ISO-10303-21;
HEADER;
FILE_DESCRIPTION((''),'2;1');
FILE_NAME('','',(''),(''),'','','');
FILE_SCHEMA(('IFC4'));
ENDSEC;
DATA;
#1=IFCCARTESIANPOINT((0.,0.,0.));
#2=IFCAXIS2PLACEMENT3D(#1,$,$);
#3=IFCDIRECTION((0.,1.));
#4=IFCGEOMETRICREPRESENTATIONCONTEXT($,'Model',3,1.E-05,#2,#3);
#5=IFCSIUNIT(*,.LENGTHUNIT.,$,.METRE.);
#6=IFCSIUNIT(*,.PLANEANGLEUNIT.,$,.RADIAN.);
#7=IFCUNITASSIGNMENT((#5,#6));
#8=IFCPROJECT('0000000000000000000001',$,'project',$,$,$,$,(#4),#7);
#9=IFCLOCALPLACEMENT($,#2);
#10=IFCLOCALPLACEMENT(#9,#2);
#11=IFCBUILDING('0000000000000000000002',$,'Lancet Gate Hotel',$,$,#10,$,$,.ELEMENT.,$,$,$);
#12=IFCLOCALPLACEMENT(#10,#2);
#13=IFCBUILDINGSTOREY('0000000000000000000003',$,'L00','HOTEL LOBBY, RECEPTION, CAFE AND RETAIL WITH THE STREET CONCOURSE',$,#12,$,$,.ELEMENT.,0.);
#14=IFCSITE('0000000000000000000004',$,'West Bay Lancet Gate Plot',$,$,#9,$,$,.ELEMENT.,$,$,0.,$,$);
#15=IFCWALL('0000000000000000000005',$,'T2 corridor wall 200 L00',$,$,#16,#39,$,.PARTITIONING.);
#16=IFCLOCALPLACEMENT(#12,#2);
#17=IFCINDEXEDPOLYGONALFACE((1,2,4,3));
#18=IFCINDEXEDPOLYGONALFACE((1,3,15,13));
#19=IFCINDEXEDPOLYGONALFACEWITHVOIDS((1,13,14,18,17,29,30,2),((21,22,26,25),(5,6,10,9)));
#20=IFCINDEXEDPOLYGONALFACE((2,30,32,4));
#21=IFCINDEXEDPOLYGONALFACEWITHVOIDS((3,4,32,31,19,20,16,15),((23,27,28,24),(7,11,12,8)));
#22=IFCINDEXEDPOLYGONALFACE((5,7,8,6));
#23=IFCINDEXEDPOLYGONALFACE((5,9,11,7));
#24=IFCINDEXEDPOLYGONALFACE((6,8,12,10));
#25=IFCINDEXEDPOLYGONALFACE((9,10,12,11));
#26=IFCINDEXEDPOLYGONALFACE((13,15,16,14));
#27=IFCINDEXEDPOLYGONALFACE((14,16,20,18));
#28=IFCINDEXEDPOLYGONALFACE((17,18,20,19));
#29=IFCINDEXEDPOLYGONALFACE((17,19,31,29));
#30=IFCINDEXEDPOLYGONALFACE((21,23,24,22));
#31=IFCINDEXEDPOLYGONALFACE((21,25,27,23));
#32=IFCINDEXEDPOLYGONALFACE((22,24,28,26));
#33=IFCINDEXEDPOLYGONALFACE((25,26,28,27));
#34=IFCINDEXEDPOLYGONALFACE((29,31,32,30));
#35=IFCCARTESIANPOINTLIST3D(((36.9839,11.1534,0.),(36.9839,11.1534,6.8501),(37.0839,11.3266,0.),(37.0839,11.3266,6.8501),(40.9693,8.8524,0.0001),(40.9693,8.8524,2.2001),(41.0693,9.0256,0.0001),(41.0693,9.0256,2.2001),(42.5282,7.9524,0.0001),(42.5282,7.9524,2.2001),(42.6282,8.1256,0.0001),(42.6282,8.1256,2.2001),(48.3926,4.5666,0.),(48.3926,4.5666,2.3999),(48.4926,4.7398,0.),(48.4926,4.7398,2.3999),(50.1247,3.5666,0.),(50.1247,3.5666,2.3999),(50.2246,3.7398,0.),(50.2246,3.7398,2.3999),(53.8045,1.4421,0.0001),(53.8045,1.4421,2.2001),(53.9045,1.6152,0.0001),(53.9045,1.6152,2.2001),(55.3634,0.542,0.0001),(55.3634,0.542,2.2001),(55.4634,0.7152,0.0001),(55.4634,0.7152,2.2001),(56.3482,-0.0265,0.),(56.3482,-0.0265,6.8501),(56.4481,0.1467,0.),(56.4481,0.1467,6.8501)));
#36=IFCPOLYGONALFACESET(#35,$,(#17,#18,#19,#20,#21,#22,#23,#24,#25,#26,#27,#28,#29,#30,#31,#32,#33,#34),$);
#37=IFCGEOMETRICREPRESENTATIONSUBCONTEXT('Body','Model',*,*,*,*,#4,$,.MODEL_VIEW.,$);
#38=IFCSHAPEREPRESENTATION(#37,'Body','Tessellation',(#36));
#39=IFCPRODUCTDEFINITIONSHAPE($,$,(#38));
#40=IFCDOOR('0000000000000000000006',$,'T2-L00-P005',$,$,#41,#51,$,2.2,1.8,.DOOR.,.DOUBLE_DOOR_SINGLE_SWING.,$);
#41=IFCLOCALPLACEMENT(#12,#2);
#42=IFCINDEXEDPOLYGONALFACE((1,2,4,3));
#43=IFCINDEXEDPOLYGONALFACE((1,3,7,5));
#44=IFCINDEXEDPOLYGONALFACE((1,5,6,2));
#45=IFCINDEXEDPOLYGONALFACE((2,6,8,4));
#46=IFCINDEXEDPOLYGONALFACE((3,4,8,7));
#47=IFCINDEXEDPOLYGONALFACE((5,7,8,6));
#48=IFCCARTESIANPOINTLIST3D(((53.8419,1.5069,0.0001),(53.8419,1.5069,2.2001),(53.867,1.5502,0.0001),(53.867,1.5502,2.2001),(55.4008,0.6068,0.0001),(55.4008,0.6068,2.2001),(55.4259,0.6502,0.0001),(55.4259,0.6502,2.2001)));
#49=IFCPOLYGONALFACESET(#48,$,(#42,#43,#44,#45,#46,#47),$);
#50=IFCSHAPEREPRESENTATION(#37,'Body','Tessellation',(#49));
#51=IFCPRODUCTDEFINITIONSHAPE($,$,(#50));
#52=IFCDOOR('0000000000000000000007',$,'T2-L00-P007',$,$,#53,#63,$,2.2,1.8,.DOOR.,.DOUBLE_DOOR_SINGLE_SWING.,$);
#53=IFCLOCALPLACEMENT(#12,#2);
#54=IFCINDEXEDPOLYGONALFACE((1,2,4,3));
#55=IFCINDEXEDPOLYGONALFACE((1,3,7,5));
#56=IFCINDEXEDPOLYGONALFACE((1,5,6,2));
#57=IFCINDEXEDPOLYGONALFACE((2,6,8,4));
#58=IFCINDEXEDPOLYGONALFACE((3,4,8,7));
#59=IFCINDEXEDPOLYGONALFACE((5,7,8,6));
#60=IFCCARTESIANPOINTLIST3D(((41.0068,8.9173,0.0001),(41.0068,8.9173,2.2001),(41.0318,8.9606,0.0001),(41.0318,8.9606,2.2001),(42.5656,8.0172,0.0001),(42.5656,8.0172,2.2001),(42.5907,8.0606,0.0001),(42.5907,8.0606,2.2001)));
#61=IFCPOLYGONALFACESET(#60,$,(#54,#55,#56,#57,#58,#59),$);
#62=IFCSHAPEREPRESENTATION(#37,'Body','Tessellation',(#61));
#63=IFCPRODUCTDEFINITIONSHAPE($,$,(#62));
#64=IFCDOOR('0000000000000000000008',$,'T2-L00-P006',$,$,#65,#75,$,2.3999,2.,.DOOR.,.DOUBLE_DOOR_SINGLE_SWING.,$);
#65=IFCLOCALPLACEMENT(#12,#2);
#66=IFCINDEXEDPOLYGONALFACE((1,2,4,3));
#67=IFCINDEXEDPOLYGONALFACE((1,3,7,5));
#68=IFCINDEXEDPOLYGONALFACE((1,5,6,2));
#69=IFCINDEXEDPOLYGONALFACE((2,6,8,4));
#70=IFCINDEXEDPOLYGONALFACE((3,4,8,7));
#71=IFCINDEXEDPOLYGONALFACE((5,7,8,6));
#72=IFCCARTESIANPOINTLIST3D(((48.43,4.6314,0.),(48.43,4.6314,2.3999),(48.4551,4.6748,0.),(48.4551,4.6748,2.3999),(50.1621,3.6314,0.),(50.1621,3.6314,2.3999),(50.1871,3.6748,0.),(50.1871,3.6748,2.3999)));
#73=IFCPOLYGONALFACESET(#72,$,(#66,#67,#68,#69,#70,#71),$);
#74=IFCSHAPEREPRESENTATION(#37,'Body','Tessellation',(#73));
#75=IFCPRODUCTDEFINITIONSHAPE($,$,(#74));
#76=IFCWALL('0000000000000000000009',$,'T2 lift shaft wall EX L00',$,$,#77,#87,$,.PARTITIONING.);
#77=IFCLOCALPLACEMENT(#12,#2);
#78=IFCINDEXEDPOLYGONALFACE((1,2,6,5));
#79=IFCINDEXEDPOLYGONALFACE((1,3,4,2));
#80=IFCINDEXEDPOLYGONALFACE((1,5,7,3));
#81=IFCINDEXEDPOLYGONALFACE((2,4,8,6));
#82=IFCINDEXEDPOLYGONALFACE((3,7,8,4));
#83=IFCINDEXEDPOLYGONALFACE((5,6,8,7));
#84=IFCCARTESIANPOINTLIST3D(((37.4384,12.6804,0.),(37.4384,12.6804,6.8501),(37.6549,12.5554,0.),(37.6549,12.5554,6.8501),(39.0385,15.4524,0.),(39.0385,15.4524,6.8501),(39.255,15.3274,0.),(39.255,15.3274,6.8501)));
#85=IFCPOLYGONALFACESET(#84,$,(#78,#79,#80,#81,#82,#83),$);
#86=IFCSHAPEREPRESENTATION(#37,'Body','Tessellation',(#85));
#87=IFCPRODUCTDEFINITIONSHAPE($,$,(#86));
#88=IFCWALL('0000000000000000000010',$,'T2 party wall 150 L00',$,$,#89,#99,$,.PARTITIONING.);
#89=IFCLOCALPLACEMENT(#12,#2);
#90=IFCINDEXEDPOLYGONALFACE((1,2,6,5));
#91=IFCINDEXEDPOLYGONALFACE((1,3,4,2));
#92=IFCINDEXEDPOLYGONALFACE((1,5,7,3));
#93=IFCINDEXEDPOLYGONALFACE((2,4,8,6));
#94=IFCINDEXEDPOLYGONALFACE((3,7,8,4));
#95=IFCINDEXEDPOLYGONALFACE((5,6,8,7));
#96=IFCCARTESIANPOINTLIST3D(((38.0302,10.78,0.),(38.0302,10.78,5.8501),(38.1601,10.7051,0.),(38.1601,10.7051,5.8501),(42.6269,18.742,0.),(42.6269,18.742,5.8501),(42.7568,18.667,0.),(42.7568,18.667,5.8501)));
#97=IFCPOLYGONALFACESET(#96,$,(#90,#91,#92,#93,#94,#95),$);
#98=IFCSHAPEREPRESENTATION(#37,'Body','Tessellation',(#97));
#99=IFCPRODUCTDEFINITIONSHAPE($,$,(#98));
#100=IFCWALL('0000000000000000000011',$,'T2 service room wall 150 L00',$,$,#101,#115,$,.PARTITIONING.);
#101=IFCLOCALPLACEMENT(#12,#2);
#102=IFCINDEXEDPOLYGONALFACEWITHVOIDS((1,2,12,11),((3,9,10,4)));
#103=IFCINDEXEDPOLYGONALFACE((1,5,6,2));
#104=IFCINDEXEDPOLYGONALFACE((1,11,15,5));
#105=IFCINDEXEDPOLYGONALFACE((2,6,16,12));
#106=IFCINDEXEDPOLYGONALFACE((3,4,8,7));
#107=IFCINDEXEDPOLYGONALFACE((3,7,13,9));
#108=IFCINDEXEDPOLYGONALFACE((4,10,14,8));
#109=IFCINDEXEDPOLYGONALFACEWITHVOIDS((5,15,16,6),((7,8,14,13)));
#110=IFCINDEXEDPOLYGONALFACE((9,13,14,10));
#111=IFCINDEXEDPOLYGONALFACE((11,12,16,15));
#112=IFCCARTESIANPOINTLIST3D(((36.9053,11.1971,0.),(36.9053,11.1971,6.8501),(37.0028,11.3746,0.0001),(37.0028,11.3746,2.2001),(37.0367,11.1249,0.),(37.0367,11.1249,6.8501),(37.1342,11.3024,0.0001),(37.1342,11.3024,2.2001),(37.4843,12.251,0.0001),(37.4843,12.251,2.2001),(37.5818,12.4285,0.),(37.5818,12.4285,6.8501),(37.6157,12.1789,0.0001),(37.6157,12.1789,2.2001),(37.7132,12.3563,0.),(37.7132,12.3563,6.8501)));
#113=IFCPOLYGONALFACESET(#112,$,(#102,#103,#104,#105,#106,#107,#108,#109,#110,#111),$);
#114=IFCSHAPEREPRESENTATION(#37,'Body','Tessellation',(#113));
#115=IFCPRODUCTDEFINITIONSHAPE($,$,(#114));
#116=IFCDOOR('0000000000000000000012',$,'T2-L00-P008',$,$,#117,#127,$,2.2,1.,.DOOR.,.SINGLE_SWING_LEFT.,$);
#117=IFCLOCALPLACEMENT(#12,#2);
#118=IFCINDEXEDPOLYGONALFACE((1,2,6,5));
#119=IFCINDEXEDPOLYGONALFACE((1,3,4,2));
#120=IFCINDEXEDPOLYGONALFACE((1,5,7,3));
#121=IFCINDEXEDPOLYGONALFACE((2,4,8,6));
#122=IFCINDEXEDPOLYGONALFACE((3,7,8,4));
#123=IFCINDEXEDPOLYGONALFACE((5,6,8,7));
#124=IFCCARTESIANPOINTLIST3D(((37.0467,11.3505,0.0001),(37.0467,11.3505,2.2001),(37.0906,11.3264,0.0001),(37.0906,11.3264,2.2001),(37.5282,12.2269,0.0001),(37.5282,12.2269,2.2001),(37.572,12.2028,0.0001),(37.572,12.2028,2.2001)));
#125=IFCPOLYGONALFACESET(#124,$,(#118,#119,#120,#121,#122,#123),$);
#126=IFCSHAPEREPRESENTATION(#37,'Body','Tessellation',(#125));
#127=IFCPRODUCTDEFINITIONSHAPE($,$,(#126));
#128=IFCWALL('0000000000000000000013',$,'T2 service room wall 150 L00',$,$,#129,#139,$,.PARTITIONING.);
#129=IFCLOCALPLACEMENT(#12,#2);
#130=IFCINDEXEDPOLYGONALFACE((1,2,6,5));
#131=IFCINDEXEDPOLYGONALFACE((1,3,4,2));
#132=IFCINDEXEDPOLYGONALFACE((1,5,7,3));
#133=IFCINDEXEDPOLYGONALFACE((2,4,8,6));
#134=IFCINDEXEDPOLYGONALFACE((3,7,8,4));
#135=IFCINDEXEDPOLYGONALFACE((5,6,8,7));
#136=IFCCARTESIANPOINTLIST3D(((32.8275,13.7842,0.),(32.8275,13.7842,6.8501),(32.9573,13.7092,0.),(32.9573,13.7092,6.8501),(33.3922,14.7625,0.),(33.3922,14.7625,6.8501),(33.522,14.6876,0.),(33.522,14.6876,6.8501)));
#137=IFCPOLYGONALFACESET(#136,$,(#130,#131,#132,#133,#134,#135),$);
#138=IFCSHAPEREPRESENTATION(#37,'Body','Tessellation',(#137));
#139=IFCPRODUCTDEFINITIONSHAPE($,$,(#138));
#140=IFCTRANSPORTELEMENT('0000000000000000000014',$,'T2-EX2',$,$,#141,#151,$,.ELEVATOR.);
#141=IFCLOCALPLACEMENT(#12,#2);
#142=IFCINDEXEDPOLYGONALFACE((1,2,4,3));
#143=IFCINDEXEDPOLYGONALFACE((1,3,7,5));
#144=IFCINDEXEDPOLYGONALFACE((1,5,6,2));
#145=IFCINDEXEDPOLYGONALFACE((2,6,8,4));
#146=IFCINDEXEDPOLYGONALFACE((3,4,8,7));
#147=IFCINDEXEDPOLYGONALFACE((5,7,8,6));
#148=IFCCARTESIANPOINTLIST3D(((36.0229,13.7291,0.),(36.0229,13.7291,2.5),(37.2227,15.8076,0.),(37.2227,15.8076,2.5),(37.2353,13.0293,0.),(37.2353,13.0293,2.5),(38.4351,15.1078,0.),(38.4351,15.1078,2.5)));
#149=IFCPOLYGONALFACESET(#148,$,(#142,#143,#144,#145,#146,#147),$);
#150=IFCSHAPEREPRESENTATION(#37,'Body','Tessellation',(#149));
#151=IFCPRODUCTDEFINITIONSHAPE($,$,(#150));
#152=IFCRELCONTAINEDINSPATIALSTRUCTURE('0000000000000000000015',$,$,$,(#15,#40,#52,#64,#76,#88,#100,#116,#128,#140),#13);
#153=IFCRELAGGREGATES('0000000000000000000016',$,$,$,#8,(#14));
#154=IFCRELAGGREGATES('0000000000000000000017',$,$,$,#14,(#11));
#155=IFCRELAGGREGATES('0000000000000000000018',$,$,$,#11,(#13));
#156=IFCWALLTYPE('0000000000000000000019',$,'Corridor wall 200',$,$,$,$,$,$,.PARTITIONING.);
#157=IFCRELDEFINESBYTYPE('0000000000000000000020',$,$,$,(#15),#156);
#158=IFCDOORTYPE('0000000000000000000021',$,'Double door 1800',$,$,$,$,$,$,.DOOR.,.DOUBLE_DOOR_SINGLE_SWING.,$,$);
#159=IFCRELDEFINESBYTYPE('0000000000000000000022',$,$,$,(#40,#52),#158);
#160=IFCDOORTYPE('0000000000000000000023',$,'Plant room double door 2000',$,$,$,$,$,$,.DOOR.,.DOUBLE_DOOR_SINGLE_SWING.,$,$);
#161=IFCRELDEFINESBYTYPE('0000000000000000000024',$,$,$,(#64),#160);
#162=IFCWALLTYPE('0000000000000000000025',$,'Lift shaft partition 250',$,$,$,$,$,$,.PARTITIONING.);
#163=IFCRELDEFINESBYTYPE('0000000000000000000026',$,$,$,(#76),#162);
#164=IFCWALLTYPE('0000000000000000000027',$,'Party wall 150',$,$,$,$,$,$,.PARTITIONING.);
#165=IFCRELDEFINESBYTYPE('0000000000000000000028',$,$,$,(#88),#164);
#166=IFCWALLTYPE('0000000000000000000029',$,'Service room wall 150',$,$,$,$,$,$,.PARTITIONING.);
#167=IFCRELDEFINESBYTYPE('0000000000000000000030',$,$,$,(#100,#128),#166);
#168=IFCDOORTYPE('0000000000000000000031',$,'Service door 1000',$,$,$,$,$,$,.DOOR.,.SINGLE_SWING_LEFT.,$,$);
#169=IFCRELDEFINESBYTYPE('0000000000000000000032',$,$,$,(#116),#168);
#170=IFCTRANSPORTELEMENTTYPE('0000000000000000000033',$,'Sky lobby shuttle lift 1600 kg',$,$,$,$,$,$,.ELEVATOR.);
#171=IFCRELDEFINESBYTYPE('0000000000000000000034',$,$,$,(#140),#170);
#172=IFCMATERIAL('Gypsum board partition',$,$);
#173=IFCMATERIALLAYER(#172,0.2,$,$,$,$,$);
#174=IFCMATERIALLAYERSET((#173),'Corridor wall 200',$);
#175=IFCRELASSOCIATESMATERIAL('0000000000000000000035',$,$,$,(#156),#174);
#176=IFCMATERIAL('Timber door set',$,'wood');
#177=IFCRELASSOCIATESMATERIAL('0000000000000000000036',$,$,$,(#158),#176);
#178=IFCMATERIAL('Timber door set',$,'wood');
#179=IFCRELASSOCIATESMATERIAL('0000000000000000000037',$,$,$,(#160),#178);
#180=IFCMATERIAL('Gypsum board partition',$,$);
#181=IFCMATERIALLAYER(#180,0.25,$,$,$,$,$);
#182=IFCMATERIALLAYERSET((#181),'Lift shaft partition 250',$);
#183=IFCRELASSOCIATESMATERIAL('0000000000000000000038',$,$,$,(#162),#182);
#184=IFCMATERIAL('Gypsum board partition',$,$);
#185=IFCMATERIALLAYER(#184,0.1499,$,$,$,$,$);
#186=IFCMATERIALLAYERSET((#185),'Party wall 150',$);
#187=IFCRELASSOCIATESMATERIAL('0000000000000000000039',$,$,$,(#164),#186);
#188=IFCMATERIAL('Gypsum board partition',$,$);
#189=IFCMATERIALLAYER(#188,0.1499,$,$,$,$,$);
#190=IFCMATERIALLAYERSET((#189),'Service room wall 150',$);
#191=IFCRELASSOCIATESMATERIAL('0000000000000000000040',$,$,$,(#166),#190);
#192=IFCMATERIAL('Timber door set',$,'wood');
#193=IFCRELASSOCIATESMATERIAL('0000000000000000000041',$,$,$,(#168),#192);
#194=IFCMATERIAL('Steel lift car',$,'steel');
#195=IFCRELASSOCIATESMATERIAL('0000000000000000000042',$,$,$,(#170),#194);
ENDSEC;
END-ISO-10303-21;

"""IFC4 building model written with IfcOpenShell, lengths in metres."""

from ifc_helpers import new_model, si_unit, direction, frame, frame_2d, origin, origin_2d, place, context, subcontext, project, spatial, rectangle, extrude, material, layer, layer_set, type_object, element, fill, save


model = new_model("IFC4")

# Units and contexts
model_context = context("Model", 3, precision=1e-05, world=origin(), true_north=direction((0.0, 1.0)))
body_context = subcontext(model_context, "Body", "Model", "MODEL_VIEW")
ifc_project = project(units=[si_unit("LENGTHUNIT", "METRE"), si_unit("PLANEANGLEUNIT", "RADIAN")], contexts=[model_context])

# Site, building, storey
site_placement = place(None, origin())
site = spatial("IfcSite", under=ifc_project, at=site_placement, Name="West Bay Lancet Gate Plot", CompositionType="ELEMENT", RefElevation=0.0)
building_placement = place(site_placement, origin())
building = spatial("IfcBuilding", under=site, at=building_placement, Name="Lancet Gate Hotel", CompositionType="ELEMENT")
storey_placement = place(building_placement, origin())
storey = spatial("IfcBuildingStorey", under=building, at=storey_placement, Name="L00", Description="HOTEL LOBBY, RECEPTION, CAFE AND RETAIL WITH THE STREET CONCOURSE", CompositionType="ELEMENT", Elevation=0.0)

# Wall, openings, doors
ifc_material_1 = material(Name="Gypsum board partition")
ifc_layer_1 = layer(ifc_material_1, 0.2)
ifc_layer_set_1 = layer_set([ifc_layer_1], Name="Corridor wall 200")
wall_type_1 = type_object("IfcWallType", Name="Corridor wall 200", PredefinedType="PARTITIONING", material=ifc_layer_set_1)
wall_1_placement = place(storey_placement, frame((37.0339, 11.24, 0.0), z_axis=(0.0, 0.0, 1.0), x_axis=(0.866026, -0.499999, 0.0)))
wall_1 = element("IfcWall", 1, at=wall_1_placement, inside=storey, type_object=wall_type_1, Name="T2 corridor wall 200 L00", PredefinedType="PARTITIONING", context=body_context, shape_type="SweptSolid", body=[
    extrude(rectangle(XDim=22.3599, YDim=0.2, at=frame_2d((11.1799, 0.0))), origin(), (0.0, 0.0, 1.0), 6.8501),
])
opening_1_placement = place(wall_1_placement, frame((19.4229, 0.0, 0.0)))
opening_1 = element("IfcOpeningElement", 2, at=opening_1_placement, cuts=wall_1, PredefinedType="OPENING", context=body_context, shape_type="SweptSolid", body=[
    extrude(rectangle(XDim=1.8, YDim=2.2, at=frame_2d((0.8999, 1.1001))), frame((0.0, 0.1099, 0.0), z_axis=(0.0, -1.0, 0.0), x_axis=(1.0, 0.0, 0.0)), (0.0, 0.0, 1.0), 0.22),
])
opening_2_placement = place(wall_1_placement, frame((13.1736, 0.0, 0.0)))
opening_2 = element("IfcOpeningElement", 3, at=opening_2_placement, cuts=wall_1, PredefinedType="OPENING", context=body_context, shape_type="SweptSolid", body=[
    extrude(rectangle(XDim=2.0, YDim=2.3999, at=frame_2d((1.0, 1.2))), frame((0.0, 0.1099, 0.0), z_axis=(0.0, -1.0, 0.0), x_axis=(1.0, 0.0, 0.0)), (0.0, 0.0, 1.0), 0.22),
])
opening_3_placement = place(wall_1_placement, frame((4.6021, 0.0, 0.0)))
opening_3 = element("IfcOpeningElement", 4, at=opening_3_placement, cuts=wall_1, PredefinedType="OPENING", context=body_context, shape_type="SweptSolid", body=[
    extrude(rectangle(XDim=1.8, YDim=2.2, at=frame_2d((0.8999, 1.1001))), frame((0.0, 0.1099, 0.0), z_axis=(0.0, -1.0, 0.0), x_axis=(1.0, 0.0, 0.0)), (0.0, 0.0, 1.0), 0.22),
])
ifc_material_2 = material(Name="Timber door set", Category="wood")
door_type_1 = type_object("IfcDoorType", Name="Double door 1800", OperationType="DOUBLE_DOOR_SINGLE_SWING", PredefinedType="DOOR", material=ifc_material_2)
door_1_placement = place(opening_1_placement, origin())
door_1 = element("IfcDoor", 5, at=door_1_placement, inside=storey, type_object=door_type_1, Name="T2-L00-P005", OperationType="DOUBLE_DOOR_SINGLE_SWING", OverallHeight=2.2, OverallWidth=1.8, PredefinedType="DOOR", context=body_context, shape_type="SweptSolid", body=[
    extrude(rectangle(XDim=1.8, YDim=2.2, at=frame_2d((0.8999, 1.1001))), frame((0.0, 0.0249, 0.0), z_axis=(0.0, -1.0, 0.0), x_axis=(1.0, 0.0, 0.0)), (0.0, 0.0, 1.0), 0.05),
])
fill(opening_1, door_1)
door_2_placement = place(opening_3_placement, origin())
door_2 = element("IfcDoor", 6, at=door_2_placement, inside=storey, type_object=door_type_1, Name="T2-L00-P007", OperationType="DOUBLE_DOOR_SINGLE_SWING", OverallHeight=2.2, OverallWidth=1.8, PredefinedType="DOOR", context=body_context, shape_type="SweptSolid", body=[
    extrude(rectangle(XDim=1.8, YDim=2.2, at=frame_2d((0.8999, 1.1001))), frame((0.0, 0.0249, 0.0), z_axis=(0.0, -1.0, 0.0), x_axis=(1.0, 0.0, 0.0)), (0.0, 0.0, 1.0), 0.05),
])
fill(opening_3, door_2)
ifc_material_3 = material(Name="Timber door set", Category="wood")
door_type_2 = type_object("IfcDoorType", Name="Plant room double door 2000", OperationType="DOUBLE_DOOR_SINGLE_SWING", PredefinedType="DOOR", material=ifc_material_3)
door_3_placement = place(opening_2_placement, origin())
door_3 = element("IfcDoor", 7, at=door_3_placement, inside=storey, type_object=door_type_2, Name="T2-L00-P006", OperationType="DOUBLE_DOOR_SINGLE_SWING", OverallHeight=2.3999, OverallWidth=2.0, PredefinedType="DOOR", context=body_context, shape_type="SweptSolid", body=[
    extrude(rectangle(XDim=2.0, YDim=2.3999, at=frame_2d((1.0, 1.2))), frame((0.0, 0.0249, 0.0), z_axis=(0.0, -1.0, 0.0), x_axis=(1.0, 0.0, 0.0)), (0.0, 0.0, 1.0), 0.05),
])
fill(opening_2, door_3)

# Walls
ifc_material_4 = material(Name="Gypsum board partition")
ifc_layer_2 = layer(ifc_material_4, 0.25)
ifc_layer_set_2 = layer_set([ifc_layer_2], Name="Lift shaft partition 250")
wall_type_2 = type_object("IfcWallType", Name="Lift shaft partition 250", PredefinedType="PARTITIONING", material=ifc_layer_set_2)
wall_2_placement = place(storey_placement, frame((37.5466, 12.6179, 0.0), z_axis=(0.0, 0.0, 1.0), x_axis=(0.499929, 0.866066, 0.0)))
element("IfcWall", 8, at=wall_2_placement, inside=storey, type_object=wall_type_2, Name="T2 lift shaft wall EX L00", PredefinedType="PARTITIONING", context=body_context, shape_type="SweptSolid", body=[
    extrude(rectangle(XDim=3.2007, YDim=0.25, at=frame_2d((1.6003, 0.0))), origin(), (0.0, 0.0, 1.0), 6.8501),
])
ifc_material_5 = material(Name="Gypsum board partition")
ifc_layer_3 = layer(ifc_material_5, 0.1499)
ifc_layer_set_3 = layer_set([ifc_layer_3], Name="Party wall 150")
wall_type_3 = type_object("IfcWallType", Name="Party wall 150", PredefinedType="PARTITIONING", material=ifc_layer_set_3)
wall_3_placement = place(storey_placement, frame((38.0952, 10.7427, 0.0), z_axis=(0.0, 0.0, 1.0), x_axis=(0.499989, 0.866032, 0.0)))
element("IfcWall", 9, at=wall_3_placement, inside=storey, type_object=wall_type_3, Name="T2 party wall 150 L00", PredefinedType="PARTITIONING", context=body_context, shape_type="SweptSolid", body=[
    extrude(rectangle(XDim=9.1936, YDim=0.1499, at=frame_2d((4.5967, 0.0))), origin(), (0.0, 0.0, 1.0), 5.8501),
])

# Wall, opening, door
ifc_material_6 = material(Name="Gypsum board partition")
ifc_layer_4 = layer(ifc_material_6, 0.1499)
ifc_layer_set_4 = layer_set([ifc_layer_4], Name="Service room wall 150")
wall_type_4 = type_object("IfcWallType", Name="Service room wall 150", PredefinedType="PARTITIONING", material=ifc_layer_set_4)
wall_4_placement = place(storey_placement, frame((36.9709, 11.1609, 0.0), z_axis=(0.0, 0.0, 1.0), x_axis=(0.481492, 0.876451, 0.0)))
wall_4 = element("IfcWall", 10, at=wall_4_placement, inside=storey, type_object=wall_type_4, Name="T2 service room wall 150 L00", PredefinedType="PARTITIONING", context=body_context, shape_type="SweptSolid", body=[
    extrude(rectangle(XDim=1.405, YDim=0.1499, at=frame_2d((0.7026, 0.0))), origin(), (0.0, 0.0, 1.0), 6.8501),
])
opening_4_placement = place(wall_4_placement, frame((0.2026, 0.0, 0.0)))
opening_4 = element("IfcOpeningElement", 11, at=opening_4_placement, cuts=wall_4, PredefinedType="OPENING", context=body_context, shape_type="SweptSolid", body=[
    extrude(rectangle(XDim=1.0, YDim=2.2, at=frame_2d((0.5, 1.1001))), frame((0.0, 0.085, 0.0), z_axis=(0.0, -1.0, 0.0), x_axis=(1.0, 0.0, 0.0)), (0.0, 0.0, 1.0), 0.1699),
])
ifc_material_7 = material(Name="Timber door set", Category="wood")
door_type_3 = type_object("IfcDoorType", Name="Service door 1000", OperationType="SINGLE_SWING_LEFT", PredefinedType="DOOR", material=ifc_material_7)
door_4_placement = place(opening_4_placement, origin())
door_4 = element("IfcDoor", 12, at=door_4_placement, inside=storey, type_object=door_type_3, Name="T2-L00-P008", OperationType="SINGLE_SWING_LEFT", OverallHeight=2.2, OverallWidth=1.0, PredefinedType="DOOR", context=body_context, shape_type="SweptSolid", body=[
    extrude(rectangle(XDim=1.0, YDim=2.2, at=frame_2d((0.5, 1.1001))), frame((0.0, 0.0249, 0.0), z_axis=(0.0, -1.0, 0.0), x_axis=(1.0, 0.0, 0.0)), (0.0, 0.0, 1.0), 0.05),
])
fill(opening_4, door_4)

# Wall
wall_5_placement = place(storey_placement, frame((32.8923, 13.7466, 0.0), z_axis=(0.0, 0.0, 1.0), x_axis=(0.499928, 0.866067, 0.0)))
element("IfcWall", 13, at=wall_5_placement, inside=storey, type_object=wall_type_4, Name="T2 service room wall 150 L00", PredefinedType="PARTITIONING", context=body_context, shape_type="SweptSolid", body=[
    extrude(rectangle(XDim=1.1296, YDim=0.1499, at=frame_2d((0.5649, 0.0))), origin(), (0.0, 0.0, 1.0), 6.8501),
])

# Transport element
ifc_material_8 = material(Name="Steel lift car", Category="steel")
transport_element_type = type_object("IfcTransportElementType", Name="Sky lobby shuttle lift 1600 kg", PredefinedType="ELEVATOR", material=ifc_material_8)
transport_element_placement = place(storey_placement, frame((37.229, 14.4185, 0.0), z_axis=(0.0, 0.0, 1.0), x_axis=(0.499917, 0.866073, 0.0)))
element("IfcTransportElement", 14, at=transport_element_placement, inside=storey, type_object=transport_element_type, Name="T2-EX2", PredefinedType="ELEVATOR", context=body_context, shape_type="SweptSolid", body=[
    extrude(rectangle(XDim=2.3999, YDim=1.3999, at=origin_2d()), origin(), (0.0, 0.0, 1.0), 2.5),
])

save(model, "model.ifc")
